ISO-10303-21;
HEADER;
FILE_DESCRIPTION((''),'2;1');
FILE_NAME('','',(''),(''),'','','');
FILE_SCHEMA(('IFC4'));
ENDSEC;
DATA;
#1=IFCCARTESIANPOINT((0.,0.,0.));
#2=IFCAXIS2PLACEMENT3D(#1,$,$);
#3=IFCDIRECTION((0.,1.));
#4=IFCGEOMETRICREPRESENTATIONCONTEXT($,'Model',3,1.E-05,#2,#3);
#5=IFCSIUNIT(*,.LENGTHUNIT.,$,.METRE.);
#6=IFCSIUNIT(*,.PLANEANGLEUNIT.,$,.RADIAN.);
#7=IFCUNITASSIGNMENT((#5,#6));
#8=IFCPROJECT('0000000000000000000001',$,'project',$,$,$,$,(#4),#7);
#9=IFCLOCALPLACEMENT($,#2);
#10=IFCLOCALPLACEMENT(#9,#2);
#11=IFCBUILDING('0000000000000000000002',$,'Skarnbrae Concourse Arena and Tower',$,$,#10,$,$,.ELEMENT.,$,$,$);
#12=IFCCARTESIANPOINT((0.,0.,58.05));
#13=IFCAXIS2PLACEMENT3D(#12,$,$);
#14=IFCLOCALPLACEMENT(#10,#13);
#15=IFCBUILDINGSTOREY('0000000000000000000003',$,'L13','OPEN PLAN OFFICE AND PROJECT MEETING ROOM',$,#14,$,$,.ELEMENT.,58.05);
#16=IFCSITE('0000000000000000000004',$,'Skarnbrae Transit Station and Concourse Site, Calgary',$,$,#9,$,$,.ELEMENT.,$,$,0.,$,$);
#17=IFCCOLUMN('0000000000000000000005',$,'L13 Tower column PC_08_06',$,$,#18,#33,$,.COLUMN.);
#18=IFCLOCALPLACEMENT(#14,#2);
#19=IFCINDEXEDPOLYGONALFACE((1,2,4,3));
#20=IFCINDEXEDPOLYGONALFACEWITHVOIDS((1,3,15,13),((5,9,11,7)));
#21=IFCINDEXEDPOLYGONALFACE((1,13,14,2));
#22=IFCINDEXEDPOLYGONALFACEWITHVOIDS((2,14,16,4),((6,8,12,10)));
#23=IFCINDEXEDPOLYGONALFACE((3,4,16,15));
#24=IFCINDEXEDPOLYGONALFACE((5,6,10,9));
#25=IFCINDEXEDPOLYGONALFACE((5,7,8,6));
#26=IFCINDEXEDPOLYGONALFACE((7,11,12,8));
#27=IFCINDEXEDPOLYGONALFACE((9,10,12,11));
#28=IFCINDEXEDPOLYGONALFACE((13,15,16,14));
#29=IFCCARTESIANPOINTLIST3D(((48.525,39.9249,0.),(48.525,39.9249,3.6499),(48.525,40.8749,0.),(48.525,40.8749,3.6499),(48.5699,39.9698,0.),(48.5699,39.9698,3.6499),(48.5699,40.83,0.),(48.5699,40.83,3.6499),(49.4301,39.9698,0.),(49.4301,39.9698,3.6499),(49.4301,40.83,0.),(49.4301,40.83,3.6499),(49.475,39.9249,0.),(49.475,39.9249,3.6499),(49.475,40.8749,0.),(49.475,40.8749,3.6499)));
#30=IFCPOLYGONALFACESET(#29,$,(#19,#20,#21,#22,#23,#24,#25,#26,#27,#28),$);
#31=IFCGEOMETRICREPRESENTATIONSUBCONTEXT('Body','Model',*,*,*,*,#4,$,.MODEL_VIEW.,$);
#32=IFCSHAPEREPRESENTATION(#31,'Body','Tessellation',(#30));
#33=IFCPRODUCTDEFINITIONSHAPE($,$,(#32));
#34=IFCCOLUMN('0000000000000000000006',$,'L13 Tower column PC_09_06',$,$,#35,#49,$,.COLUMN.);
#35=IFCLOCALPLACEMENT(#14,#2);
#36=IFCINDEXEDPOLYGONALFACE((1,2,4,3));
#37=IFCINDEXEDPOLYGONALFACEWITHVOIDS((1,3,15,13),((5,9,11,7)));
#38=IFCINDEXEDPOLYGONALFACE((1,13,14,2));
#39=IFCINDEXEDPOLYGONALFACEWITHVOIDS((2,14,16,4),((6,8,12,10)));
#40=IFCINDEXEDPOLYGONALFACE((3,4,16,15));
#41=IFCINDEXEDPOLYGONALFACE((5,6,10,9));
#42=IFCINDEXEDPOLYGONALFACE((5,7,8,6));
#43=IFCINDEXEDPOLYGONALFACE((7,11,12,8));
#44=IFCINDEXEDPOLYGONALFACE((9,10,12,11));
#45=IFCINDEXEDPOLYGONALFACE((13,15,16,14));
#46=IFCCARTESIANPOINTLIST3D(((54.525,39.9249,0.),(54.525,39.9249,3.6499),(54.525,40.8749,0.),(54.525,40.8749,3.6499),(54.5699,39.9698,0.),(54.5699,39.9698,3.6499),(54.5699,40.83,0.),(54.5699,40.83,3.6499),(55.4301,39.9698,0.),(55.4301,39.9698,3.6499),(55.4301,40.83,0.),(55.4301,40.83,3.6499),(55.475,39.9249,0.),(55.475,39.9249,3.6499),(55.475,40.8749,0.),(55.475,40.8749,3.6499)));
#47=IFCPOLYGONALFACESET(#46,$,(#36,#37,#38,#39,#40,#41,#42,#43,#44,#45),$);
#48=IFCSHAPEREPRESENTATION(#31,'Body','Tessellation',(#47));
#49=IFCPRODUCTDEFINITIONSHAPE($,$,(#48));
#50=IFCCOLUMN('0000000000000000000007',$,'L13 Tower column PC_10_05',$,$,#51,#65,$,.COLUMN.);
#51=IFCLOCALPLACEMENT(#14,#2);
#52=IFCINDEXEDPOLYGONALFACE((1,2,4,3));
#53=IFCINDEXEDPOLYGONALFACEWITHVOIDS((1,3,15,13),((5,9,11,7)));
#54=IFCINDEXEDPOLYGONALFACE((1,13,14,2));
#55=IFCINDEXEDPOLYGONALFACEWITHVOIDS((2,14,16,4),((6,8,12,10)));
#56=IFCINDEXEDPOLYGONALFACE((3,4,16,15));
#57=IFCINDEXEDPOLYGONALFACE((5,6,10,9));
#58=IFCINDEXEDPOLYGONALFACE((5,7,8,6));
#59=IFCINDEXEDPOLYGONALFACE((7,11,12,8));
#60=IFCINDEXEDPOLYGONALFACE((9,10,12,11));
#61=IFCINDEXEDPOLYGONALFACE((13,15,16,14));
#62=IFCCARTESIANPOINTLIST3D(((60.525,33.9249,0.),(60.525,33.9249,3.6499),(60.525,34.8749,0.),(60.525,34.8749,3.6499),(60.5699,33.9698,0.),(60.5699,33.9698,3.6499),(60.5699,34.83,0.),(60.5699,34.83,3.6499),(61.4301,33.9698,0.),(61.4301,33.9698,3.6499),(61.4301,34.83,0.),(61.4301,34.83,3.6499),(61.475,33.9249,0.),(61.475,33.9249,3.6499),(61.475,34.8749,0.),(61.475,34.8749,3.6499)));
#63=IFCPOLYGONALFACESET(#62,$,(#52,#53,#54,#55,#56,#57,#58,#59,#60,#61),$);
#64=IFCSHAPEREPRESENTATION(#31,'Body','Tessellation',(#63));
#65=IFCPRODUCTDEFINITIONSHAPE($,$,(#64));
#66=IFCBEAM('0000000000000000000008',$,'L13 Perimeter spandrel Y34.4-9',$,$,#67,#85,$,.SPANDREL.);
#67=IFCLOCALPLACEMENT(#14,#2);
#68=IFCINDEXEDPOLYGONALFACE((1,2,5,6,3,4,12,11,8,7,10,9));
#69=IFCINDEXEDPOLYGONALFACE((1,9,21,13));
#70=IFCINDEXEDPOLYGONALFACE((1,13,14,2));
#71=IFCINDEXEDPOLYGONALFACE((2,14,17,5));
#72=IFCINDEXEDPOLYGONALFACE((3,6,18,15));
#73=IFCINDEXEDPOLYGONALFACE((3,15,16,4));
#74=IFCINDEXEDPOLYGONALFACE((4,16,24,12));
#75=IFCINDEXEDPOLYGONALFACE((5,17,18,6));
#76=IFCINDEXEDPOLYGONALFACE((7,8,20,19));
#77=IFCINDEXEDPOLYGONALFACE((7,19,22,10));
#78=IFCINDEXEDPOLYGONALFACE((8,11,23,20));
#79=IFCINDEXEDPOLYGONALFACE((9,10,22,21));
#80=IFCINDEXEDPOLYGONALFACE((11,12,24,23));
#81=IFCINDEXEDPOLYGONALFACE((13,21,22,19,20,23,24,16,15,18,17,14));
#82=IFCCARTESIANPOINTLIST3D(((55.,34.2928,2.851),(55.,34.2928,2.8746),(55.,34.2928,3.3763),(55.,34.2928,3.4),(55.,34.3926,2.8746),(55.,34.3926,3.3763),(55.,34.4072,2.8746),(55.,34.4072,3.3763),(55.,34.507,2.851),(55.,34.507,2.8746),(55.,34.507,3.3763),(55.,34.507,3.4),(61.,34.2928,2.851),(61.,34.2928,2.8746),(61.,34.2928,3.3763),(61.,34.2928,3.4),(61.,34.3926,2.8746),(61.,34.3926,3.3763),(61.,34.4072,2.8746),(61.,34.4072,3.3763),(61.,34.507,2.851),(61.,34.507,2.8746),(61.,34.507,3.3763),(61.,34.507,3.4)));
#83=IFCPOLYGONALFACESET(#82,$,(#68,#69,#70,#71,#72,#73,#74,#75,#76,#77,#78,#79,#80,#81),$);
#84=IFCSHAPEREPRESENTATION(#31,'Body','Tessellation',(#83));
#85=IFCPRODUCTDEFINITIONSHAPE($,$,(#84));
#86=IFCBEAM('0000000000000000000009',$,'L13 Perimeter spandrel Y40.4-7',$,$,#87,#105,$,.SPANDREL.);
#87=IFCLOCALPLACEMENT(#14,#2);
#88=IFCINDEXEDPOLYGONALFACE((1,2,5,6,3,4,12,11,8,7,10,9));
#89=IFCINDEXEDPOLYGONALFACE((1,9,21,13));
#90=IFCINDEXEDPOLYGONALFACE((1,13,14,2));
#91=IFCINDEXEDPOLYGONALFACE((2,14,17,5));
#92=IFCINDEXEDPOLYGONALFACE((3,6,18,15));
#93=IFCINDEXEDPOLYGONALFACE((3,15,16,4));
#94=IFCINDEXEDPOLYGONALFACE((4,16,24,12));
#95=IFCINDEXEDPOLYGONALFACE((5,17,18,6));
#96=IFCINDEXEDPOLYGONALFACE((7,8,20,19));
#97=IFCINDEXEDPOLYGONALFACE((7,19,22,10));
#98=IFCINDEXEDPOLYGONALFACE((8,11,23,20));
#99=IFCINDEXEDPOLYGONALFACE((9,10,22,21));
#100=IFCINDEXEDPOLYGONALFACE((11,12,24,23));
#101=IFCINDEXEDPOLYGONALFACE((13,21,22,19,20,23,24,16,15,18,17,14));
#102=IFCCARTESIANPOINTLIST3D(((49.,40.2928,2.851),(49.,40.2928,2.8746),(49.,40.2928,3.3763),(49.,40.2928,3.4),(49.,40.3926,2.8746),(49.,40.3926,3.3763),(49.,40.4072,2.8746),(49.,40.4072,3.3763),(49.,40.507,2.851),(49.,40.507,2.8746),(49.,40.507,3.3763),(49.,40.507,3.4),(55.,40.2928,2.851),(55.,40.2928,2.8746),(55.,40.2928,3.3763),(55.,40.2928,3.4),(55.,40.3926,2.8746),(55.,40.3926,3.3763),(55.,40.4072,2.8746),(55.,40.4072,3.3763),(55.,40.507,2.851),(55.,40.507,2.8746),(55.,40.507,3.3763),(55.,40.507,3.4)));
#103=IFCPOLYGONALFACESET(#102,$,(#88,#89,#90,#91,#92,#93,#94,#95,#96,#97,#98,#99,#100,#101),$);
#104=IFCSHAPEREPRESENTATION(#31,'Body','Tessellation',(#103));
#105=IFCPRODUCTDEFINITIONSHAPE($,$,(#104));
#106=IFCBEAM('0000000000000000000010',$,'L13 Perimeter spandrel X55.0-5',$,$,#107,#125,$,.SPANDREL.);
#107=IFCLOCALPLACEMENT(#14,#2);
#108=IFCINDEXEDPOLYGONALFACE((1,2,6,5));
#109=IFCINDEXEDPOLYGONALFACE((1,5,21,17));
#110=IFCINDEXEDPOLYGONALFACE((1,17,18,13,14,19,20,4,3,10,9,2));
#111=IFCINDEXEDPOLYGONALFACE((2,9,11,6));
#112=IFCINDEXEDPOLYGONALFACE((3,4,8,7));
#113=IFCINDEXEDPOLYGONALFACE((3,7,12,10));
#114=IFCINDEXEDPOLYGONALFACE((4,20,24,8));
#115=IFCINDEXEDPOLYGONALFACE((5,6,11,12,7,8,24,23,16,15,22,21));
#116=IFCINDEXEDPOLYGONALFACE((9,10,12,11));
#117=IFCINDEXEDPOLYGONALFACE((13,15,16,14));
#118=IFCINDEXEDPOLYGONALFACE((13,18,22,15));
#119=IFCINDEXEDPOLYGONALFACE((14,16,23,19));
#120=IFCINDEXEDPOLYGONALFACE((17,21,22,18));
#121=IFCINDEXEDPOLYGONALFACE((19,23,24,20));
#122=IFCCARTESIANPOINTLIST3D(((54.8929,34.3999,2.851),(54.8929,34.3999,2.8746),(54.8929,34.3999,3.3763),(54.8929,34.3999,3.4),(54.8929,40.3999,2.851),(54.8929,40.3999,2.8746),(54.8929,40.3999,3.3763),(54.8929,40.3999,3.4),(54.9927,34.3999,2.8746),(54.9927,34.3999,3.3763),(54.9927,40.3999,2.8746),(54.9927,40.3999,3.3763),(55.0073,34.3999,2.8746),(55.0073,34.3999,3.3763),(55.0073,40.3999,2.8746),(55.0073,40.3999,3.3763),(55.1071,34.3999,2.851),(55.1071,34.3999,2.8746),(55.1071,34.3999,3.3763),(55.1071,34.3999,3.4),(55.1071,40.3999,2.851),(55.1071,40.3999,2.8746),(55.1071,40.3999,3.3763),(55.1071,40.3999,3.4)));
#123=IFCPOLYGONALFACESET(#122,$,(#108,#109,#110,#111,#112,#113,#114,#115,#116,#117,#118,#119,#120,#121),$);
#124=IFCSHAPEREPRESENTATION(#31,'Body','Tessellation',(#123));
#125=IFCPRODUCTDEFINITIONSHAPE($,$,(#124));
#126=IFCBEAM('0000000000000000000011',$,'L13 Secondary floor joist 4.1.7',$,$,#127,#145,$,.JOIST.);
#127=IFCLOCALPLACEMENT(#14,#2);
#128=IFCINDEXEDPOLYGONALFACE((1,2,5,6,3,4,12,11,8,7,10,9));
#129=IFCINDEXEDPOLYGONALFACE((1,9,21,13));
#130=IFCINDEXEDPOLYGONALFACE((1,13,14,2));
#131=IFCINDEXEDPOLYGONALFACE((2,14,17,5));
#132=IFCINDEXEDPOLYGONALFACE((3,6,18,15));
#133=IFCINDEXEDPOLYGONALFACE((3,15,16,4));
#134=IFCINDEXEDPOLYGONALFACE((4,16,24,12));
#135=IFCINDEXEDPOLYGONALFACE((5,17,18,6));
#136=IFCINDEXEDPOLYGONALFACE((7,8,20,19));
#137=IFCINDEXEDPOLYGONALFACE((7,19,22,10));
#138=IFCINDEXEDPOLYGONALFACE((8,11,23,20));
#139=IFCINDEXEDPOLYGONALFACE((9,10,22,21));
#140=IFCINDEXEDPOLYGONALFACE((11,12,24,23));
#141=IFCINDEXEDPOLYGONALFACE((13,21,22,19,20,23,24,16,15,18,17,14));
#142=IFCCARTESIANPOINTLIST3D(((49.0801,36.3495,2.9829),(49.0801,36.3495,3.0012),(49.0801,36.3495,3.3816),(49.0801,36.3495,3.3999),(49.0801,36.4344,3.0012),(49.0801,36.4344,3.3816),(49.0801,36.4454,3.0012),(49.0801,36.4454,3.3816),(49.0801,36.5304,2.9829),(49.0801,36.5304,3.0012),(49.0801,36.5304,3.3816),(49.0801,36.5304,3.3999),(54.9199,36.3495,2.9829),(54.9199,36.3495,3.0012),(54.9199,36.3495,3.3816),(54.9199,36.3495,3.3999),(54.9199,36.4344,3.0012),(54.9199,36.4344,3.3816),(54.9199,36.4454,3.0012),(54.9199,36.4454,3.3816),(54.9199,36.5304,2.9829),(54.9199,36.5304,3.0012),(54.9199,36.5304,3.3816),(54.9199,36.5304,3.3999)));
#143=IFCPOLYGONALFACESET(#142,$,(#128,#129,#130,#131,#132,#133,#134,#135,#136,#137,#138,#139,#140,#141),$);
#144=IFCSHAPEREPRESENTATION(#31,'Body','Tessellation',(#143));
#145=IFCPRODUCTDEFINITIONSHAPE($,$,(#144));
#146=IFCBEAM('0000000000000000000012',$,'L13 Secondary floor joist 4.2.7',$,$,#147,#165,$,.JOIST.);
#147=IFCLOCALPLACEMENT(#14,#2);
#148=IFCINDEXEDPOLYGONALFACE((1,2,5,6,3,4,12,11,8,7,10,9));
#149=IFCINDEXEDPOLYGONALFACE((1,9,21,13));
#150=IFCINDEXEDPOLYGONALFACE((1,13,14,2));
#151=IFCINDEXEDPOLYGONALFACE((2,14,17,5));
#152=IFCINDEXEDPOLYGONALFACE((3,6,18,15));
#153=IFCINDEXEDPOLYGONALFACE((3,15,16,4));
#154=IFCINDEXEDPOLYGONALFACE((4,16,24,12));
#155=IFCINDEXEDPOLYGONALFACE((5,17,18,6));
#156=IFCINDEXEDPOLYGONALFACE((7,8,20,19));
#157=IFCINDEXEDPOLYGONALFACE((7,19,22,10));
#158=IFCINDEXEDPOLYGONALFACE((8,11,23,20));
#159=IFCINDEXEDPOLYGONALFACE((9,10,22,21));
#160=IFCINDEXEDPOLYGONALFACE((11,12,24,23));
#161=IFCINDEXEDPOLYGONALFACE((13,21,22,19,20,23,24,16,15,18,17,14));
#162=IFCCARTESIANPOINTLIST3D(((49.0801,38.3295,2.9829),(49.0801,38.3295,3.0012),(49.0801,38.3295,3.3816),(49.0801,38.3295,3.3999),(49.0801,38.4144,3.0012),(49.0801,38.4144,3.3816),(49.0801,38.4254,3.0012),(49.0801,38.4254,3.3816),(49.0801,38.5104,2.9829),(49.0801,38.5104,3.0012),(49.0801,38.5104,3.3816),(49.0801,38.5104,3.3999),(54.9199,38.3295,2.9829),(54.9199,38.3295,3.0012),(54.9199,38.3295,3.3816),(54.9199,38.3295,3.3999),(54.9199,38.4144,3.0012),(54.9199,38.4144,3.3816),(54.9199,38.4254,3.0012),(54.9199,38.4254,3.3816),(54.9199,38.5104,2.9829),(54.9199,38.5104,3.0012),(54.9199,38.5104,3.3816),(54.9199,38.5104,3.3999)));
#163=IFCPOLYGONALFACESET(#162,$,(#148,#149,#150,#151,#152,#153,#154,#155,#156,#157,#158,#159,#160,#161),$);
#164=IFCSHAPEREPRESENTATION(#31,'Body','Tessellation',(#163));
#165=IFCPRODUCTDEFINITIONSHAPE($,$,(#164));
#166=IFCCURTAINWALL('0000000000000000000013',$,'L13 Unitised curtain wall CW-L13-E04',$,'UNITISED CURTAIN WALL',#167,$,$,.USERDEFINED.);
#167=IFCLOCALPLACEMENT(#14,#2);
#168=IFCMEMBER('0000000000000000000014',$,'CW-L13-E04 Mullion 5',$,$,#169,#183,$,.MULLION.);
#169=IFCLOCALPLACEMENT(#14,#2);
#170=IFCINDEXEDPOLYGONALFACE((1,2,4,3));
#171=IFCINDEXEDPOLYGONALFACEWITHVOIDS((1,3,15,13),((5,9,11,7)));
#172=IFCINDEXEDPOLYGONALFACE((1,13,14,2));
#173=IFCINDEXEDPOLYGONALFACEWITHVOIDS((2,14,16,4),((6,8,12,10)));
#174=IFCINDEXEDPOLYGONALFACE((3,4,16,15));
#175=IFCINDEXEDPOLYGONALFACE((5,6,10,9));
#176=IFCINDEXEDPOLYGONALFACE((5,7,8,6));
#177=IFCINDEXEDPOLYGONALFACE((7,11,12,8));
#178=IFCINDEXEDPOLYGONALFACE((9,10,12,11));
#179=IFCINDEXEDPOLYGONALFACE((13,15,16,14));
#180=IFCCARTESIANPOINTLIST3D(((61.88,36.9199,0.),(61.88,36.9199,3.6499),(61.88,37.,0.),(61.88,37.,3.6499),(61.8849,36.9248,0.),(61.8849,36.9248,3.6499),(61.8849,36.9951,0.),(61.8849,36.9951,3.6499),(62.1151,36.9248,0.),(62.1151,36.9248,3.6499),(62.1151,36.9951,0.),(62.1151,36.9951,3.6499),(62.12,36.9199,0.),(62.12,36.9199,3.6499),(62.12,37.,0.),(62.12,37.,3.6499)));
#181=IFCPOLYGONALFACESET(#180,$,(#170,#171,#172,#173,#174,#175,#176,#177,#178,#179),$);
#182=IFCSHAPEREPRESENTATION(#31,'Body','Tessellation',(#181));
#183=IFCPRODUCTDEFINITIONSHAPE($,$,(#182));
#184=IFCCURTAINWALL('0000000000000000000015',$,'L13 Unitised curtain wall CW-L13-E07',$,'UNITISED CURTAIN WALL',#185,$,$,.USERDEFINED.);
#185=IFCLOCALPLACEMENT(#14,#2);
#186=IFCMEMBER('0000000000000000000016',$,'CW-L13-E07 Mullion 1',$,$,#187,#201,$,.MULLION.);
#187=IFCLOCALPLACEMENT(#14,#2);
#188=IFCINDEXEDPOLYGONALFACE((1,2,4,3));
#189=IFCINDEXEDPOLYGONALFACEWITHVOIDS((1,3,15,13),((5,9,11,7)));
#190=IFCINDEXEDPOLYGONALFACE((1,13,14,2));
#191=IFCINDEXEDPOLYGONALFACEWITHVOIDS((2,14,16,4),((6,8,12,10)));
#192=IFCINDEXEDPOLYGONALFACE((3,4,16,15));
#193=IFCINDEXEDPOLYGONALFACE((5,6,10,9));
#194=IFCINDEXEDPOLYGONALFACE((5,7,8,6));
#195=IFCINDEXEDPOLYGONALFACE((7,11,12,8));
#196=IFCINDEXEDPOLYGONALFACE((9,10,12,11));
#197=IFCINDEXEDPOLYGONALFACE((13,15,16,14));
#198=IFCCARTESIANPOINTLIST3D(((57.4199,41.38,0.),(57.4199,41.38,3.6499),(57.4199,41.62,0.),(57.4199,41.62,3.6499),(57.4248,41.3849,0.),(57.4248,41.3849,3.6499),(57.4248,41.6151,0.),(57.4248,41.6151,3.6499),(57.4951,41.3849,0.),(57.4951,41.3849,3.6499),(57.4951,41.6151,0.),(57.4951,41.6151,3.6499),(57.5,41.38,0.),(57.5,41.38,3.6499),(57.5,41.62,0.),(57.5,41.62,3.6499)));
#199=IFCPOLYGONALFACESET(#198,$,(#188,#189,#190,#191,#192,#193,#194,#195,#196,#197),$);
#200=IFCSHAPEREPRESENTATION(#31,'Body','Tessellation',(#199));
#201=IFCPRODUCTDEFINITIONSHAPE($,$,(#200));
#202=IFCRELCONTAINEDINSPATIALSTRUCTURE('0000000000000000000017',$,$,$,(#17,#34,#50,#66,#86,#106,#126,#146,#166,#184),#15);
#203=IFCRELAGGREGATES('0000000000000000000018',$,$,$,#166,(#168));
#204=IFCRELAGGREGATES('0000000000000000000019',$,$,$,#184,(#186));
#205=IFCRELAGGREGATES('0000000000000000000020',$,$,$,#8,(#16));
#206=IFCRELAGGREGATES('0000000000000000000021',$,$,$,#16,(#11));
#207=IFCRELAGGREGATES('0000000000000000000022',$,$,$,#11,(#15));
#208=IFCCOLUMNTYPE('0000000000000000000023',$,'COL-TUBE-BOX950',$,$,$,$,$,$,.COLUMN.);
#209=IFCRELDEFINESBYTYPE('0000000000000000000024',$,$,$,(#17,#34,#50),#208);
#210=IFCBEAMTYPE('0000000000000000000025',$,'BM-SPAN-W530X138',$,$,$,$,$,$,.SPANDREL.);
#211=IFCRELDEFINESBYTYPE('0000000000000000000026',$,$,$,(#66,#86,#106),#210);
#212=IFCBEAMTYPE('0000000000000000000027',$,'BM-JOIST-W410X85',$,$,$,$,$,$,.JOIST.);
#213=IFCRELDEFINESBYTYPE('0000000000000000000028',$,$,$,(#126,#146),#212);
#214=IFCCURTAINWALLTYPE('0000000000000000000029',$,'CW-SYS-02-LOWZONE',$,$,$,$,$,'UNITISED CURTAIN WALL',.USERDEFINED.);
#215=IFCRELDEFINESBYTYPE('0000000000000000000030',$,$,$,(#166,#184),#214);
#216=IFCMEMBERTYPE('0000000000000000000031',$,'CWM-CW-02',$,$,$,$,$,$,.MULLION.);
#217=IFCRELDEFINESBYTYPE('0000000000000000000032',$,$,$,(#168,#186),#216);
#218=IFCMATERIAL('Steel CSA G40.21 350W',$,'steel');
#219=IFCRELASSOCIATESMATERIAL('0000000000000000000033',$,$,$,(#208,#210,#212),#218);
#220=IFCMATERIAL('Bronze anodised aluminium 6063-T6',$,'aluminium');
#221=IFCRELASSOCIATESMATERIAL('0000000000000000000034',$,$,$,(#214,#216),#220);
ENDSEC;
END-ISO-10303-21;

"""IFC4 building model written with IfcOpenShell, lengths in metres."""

from ifc_helpers import new_model, si_unit, direction, frame, origin, origin_2d, place, context, subcontext, project, spatial, hollow_rectangle, i_section, extrude, source, transform, mapped, material, material_profile, profile_set, type_object, element, aggregate, save


model = new_model("IFC4")

# Units and contexts
model_context = context("Model", 3, precision=1e-05, world=origin(), true_north=direction((0.0, 1.0)))
body_context = subcontext(model_context, "Body", "Model", "MODEL_VIEW")
ifc_project = project(units=[si_unit("LENGTHUNIT", "METRE"), si_unit("PLANEANGLEUNIT", "RADIAN")], contexts=[model_context])

# Site, building, storey
site_placement = place(None, origin())
site = spatial("IfcSite", under=ifc_project, at=site_placement, Name="Skarnbrae Transit Station and Concourse Site, Calgary", CompositionType="ELEMENT", RefElevation=0.0)
building_placement = place(site_placement, origin())
building = spatial("IfcBuilding", under=site, at=building_placement, Name="Skarnbrae Concourse Arena and Tower", CompositionType="ELEMENT")
storey_placement = place(building_placement, frame((0.0, 0.0, 58.05)))
storey = spatial("IfcBuildingStorey", under=building, at=storey_placement, Name="L13", Description="OPEN PLAN OFFICE AND PROJECT MEETING ROOM", CompositionType="ELEMENT", Elevation=58.05)

# Columns
ifc_material_1 = material(Name="Steel CSA G40.21 350W", Category="steel")
ifc_material_profile_1 = material_profile(ifc_material_1, hollow_rectangle(XDim=0.95, YDim=0.95, WallThickness=0.0449, at=origin_2d()), Name="BOX950X950X45")
ifc_profile_set_1 = profile_set([ifc_material_profile_1], Name="Steel CSA G40.21 350W")
column_type = type_object("IfcColumnType", Name="COL-TUBE-BOX950", PredefinedType="COLUMN", material=ifc_profile_set_1)
shared_shape_1 = source(origin(), body_context, "Body", "SweptSolid", [
    extrude(hollow_rectangle(XDim=0.95, YDim=0.95, WallThickness=0.0449, at=origin_2d()), origin(), (0.0, 0.0, 1.0), 3.6499),
])
for number, where, z_axis, x_axis, name in (
    (1, (49.0, 40.3999, 0.0), (0.0, 0.0, 1.0), (1.0, 0.0, 0.0), "L13 Tower column PC_08_06"),
    (2, (55.0, 40.3999, 0.0), (0.0, 0.0, 1.0), (1.0, 0.0, 0.0), "L13 Tower column PC_09_06"),
    (3, (61.0, 34.3999, 0.0), (0.0, 0.0, 1.0), (1.0, 0.0, 0.0), "L13 Tower column PC_10_05"),
):
    element("IfcColumn", number, at=place(storey_placement, frame(where, z_axis=z_axis, x_axis=x_axis)), inside=storey, type_object=column_type, Name=name, PredefinedType="COLUMN", context=body_context, shape_type="MappedRepresentation", body=[
        mapped(shared_shape_1, transform((0.0, 0.0, 0.0))),
    ])

# Beams
ifc_material_profile_2 = material_profile(ifc_material_1, i_section(OverallWidth=0.2141, OverallDepth=0.5491, WebThickness=0.0146, FlangeThickness=0.0237, at=origin_2d()), Name="W530X138")
ifc_profile_set_2 = profile_set([ifc_material_profile_2], Name="Steel CSA G40.21 350W")
beam_type_1 = type_object("IfcBeamType", Name="BM-SPAN-W530X138", PredefinedType="SPANDREL", material=ifc_profile_set_2)
shared_shape_2 = source(origin(), body_context, "Body", "SweptSolid", [
    extrude(i_section(OverallWidth=0.2141, OverallDepth=0.5491, WebThickness=0.0146, FlangeThickness=0.0237, at=origin_2d()), origin(), (0.0, 0.0, 1.0), 6.0),
])
for number, where, z_axis, x_axis, name in (
    (4, (55.0, 34.3999, 3.1255), (1.0, 0.0, 0.0), (0.0, 1.0, 0.0), "L13 Perimeter spandrel Y34.4-9"),
    (5, (49.0, 40.3999, 3.1255), (1.0, 0.0, 0.0), (0.0, 1.0, 0.0), "L13 Perimeter spandrel Y40.4-7"),
    (6, (55.0, 34.3999, 3.1255), (0.0, 1.0, 0.0), (-1.0, 0.0, 0.0), "L13 Perimeter spandrel X55.0-5"),
):
    element("IfcBeam", number, at=place(storey_placement, frame(where, z_axis=z_axis, x_axis=x_axis)), inside=storey, type_object=beam_type_1, Name=name, PredefinedType="SPANDREL", context=body_context, shape_type="MappedRepresentation", body=[
        mapped(shared_shape_2, transform((0.0, 0.0, 0.0))),
    ])
ifc_material_profile_3 = material_profile(ifc_material_1, i_section(OverallWidth=0.1809, OverallDepth=0.417, WebThickness=0.011, FlangeThickness=0.0183, at=origin_2d()), Name="W410X85")
ifc_profile_set_3 = profile_set([ifc_material_profile_3], Name="Steel CSA G40.21 350W")
beam_type_2 = type_object("IfcBeamType", Name="BM-JOIST-W410X85", PredefinedType="JOIST", material=ifc_profile_set_3)
shared_shape_3 = source(origin(), body_context, "Body", "SweptSolid", [
    extrude(i_section(OverallWidth=0.1809, OverallDepth=0.417, WebThickness=0.011, FlangeThickness=0.0183, at=origin_2d()), origin(), (0.0, 0.0, 1.0), 5.8398),
])
for number, where, z_axis, x_axis, name in (
    (7, (49.0801, 36.4399, 3.1914), (1.0, 0.0, 0.0), (0.0, 1.0, 0.0), "L13 Secondary floor joist 4.1.7"),
    (8, (49.0801, 38.4199, 3.1914), (1.0, 0.0, 0.0), (0.0, 1.0, 0.0), "L13 Secondary floor joist 4.2.7"),
):
    element("IfcBeam", number, at=place(storey_placement, frame(where, z_axis=z_axis, x_axis=x_axis)), inside=storey, type_object=beam_type_2, Name=name, PredefinedType="JOIST", context=body_context, shape_type="MappedRepresentation", body=[
        mapped(shared_shape_3, transform((0.0, 0.0, 0.0))),
    ])

# Curtain wall, member
ifc_material_2 = material(Name="Bronze anodised aluminium 6063-T6", Category="aluminium")
curtain_wall_type = type_object("IfcCurtainWallType", Name="CW-SYS-02-LOWZONE", ElementType="UNITISED CURTAIN WALL", PredefinedType="USERDEFINED", material=ifc_material_2)
curtain_wall_1_placement = place(storey_placement, origin())
curtain_wall_1 = element("IfcCurtainWall", 9, at=curtain_wall_1_placement, inside=storey, type_object=curtain_wall_type, Name="L13 Unitised curtain wall CW-L13-E04", ObjectType="UNITISED CURTAIN WALL", PredefinedType="USERDEFINED")
ifc_material_profile_4 = material_profile(ifc_material_2, hollow_rectangle(XDim=0.0801, YDim=0.24, WallThickness=0.0049, at=origin_2d()), Name="ALU-MULL-80X240")
ifc_profile_set_4 = profile_set([ifc_material_profile_4], Name="Bronze anodised aluminium 6063-T6")
member_type_1 = type_object("IfcMemberType", Name="CWM-CW-02", PredefinedType="MULLION", material=ifc_profile_set_4)
shared_shape_4 = source(origin(), body_context, "Body", "SweptSolid", [
    extrude(hollow_rectangle(XDim=0.0801, YDim=0.24, WallThickness=0.0049, at=origin_2d()), origin(), (0.0, 0.0, 1.0), 3.6499),
])
member_1_placement = place(storey_placement, frame((62.0, 36.96, 0.0), z_axis=(0.0, 0.0, 1.0), x_axis=(0.0, 1.0, 0.0)))
member_1 = element("IfcMember", 10, at=member_1_placement, type_object=member_type_1, Name="CW-L13-E04 Mullion 5", PredefinedType="MULLION", context=body_context, shape_type="MappedRepresentation", body=[
    mapped(shared_shape_4, transform((0.0, 0.0, 0.0))),
])
aggregate(curtain_wall_1, [member_1])

# Curtain wall, member
curtain_wall_2_placement = place(storey_placement, origin())
curtain_wall_2 = element("IfcCurtainWall", 11, at=curtain_wall_2_placement, inside=storey, type_object=curtain_wall_type, Name="L13 Unitised curtain wall CW-L13-E07", ObjectType="UNITISED CURTAIN WALL", PredefinedType="USERDEFINED")
member_2_placement = place(storey_placement, frame((57.46, 41.5, 0.0), z_axis=(0.0, 0.0, 1.0), x_axis=(-1.0, 0.0, 0.0)))
member_2 = element("IfcMember", 12, at=member_2_placement, type_object=member_type_1, Name="CW-L13-E07 Mullion 1", PredefinedType="MULLION", context=body_context, shape_type="MappedRepresentation", body=[
    mapped(shared_shape_4, transform((0.0, 0.0, 0.0))),
])

aggregate(curtain_wall_2, [member_2])

save(model, "model.ifc")
